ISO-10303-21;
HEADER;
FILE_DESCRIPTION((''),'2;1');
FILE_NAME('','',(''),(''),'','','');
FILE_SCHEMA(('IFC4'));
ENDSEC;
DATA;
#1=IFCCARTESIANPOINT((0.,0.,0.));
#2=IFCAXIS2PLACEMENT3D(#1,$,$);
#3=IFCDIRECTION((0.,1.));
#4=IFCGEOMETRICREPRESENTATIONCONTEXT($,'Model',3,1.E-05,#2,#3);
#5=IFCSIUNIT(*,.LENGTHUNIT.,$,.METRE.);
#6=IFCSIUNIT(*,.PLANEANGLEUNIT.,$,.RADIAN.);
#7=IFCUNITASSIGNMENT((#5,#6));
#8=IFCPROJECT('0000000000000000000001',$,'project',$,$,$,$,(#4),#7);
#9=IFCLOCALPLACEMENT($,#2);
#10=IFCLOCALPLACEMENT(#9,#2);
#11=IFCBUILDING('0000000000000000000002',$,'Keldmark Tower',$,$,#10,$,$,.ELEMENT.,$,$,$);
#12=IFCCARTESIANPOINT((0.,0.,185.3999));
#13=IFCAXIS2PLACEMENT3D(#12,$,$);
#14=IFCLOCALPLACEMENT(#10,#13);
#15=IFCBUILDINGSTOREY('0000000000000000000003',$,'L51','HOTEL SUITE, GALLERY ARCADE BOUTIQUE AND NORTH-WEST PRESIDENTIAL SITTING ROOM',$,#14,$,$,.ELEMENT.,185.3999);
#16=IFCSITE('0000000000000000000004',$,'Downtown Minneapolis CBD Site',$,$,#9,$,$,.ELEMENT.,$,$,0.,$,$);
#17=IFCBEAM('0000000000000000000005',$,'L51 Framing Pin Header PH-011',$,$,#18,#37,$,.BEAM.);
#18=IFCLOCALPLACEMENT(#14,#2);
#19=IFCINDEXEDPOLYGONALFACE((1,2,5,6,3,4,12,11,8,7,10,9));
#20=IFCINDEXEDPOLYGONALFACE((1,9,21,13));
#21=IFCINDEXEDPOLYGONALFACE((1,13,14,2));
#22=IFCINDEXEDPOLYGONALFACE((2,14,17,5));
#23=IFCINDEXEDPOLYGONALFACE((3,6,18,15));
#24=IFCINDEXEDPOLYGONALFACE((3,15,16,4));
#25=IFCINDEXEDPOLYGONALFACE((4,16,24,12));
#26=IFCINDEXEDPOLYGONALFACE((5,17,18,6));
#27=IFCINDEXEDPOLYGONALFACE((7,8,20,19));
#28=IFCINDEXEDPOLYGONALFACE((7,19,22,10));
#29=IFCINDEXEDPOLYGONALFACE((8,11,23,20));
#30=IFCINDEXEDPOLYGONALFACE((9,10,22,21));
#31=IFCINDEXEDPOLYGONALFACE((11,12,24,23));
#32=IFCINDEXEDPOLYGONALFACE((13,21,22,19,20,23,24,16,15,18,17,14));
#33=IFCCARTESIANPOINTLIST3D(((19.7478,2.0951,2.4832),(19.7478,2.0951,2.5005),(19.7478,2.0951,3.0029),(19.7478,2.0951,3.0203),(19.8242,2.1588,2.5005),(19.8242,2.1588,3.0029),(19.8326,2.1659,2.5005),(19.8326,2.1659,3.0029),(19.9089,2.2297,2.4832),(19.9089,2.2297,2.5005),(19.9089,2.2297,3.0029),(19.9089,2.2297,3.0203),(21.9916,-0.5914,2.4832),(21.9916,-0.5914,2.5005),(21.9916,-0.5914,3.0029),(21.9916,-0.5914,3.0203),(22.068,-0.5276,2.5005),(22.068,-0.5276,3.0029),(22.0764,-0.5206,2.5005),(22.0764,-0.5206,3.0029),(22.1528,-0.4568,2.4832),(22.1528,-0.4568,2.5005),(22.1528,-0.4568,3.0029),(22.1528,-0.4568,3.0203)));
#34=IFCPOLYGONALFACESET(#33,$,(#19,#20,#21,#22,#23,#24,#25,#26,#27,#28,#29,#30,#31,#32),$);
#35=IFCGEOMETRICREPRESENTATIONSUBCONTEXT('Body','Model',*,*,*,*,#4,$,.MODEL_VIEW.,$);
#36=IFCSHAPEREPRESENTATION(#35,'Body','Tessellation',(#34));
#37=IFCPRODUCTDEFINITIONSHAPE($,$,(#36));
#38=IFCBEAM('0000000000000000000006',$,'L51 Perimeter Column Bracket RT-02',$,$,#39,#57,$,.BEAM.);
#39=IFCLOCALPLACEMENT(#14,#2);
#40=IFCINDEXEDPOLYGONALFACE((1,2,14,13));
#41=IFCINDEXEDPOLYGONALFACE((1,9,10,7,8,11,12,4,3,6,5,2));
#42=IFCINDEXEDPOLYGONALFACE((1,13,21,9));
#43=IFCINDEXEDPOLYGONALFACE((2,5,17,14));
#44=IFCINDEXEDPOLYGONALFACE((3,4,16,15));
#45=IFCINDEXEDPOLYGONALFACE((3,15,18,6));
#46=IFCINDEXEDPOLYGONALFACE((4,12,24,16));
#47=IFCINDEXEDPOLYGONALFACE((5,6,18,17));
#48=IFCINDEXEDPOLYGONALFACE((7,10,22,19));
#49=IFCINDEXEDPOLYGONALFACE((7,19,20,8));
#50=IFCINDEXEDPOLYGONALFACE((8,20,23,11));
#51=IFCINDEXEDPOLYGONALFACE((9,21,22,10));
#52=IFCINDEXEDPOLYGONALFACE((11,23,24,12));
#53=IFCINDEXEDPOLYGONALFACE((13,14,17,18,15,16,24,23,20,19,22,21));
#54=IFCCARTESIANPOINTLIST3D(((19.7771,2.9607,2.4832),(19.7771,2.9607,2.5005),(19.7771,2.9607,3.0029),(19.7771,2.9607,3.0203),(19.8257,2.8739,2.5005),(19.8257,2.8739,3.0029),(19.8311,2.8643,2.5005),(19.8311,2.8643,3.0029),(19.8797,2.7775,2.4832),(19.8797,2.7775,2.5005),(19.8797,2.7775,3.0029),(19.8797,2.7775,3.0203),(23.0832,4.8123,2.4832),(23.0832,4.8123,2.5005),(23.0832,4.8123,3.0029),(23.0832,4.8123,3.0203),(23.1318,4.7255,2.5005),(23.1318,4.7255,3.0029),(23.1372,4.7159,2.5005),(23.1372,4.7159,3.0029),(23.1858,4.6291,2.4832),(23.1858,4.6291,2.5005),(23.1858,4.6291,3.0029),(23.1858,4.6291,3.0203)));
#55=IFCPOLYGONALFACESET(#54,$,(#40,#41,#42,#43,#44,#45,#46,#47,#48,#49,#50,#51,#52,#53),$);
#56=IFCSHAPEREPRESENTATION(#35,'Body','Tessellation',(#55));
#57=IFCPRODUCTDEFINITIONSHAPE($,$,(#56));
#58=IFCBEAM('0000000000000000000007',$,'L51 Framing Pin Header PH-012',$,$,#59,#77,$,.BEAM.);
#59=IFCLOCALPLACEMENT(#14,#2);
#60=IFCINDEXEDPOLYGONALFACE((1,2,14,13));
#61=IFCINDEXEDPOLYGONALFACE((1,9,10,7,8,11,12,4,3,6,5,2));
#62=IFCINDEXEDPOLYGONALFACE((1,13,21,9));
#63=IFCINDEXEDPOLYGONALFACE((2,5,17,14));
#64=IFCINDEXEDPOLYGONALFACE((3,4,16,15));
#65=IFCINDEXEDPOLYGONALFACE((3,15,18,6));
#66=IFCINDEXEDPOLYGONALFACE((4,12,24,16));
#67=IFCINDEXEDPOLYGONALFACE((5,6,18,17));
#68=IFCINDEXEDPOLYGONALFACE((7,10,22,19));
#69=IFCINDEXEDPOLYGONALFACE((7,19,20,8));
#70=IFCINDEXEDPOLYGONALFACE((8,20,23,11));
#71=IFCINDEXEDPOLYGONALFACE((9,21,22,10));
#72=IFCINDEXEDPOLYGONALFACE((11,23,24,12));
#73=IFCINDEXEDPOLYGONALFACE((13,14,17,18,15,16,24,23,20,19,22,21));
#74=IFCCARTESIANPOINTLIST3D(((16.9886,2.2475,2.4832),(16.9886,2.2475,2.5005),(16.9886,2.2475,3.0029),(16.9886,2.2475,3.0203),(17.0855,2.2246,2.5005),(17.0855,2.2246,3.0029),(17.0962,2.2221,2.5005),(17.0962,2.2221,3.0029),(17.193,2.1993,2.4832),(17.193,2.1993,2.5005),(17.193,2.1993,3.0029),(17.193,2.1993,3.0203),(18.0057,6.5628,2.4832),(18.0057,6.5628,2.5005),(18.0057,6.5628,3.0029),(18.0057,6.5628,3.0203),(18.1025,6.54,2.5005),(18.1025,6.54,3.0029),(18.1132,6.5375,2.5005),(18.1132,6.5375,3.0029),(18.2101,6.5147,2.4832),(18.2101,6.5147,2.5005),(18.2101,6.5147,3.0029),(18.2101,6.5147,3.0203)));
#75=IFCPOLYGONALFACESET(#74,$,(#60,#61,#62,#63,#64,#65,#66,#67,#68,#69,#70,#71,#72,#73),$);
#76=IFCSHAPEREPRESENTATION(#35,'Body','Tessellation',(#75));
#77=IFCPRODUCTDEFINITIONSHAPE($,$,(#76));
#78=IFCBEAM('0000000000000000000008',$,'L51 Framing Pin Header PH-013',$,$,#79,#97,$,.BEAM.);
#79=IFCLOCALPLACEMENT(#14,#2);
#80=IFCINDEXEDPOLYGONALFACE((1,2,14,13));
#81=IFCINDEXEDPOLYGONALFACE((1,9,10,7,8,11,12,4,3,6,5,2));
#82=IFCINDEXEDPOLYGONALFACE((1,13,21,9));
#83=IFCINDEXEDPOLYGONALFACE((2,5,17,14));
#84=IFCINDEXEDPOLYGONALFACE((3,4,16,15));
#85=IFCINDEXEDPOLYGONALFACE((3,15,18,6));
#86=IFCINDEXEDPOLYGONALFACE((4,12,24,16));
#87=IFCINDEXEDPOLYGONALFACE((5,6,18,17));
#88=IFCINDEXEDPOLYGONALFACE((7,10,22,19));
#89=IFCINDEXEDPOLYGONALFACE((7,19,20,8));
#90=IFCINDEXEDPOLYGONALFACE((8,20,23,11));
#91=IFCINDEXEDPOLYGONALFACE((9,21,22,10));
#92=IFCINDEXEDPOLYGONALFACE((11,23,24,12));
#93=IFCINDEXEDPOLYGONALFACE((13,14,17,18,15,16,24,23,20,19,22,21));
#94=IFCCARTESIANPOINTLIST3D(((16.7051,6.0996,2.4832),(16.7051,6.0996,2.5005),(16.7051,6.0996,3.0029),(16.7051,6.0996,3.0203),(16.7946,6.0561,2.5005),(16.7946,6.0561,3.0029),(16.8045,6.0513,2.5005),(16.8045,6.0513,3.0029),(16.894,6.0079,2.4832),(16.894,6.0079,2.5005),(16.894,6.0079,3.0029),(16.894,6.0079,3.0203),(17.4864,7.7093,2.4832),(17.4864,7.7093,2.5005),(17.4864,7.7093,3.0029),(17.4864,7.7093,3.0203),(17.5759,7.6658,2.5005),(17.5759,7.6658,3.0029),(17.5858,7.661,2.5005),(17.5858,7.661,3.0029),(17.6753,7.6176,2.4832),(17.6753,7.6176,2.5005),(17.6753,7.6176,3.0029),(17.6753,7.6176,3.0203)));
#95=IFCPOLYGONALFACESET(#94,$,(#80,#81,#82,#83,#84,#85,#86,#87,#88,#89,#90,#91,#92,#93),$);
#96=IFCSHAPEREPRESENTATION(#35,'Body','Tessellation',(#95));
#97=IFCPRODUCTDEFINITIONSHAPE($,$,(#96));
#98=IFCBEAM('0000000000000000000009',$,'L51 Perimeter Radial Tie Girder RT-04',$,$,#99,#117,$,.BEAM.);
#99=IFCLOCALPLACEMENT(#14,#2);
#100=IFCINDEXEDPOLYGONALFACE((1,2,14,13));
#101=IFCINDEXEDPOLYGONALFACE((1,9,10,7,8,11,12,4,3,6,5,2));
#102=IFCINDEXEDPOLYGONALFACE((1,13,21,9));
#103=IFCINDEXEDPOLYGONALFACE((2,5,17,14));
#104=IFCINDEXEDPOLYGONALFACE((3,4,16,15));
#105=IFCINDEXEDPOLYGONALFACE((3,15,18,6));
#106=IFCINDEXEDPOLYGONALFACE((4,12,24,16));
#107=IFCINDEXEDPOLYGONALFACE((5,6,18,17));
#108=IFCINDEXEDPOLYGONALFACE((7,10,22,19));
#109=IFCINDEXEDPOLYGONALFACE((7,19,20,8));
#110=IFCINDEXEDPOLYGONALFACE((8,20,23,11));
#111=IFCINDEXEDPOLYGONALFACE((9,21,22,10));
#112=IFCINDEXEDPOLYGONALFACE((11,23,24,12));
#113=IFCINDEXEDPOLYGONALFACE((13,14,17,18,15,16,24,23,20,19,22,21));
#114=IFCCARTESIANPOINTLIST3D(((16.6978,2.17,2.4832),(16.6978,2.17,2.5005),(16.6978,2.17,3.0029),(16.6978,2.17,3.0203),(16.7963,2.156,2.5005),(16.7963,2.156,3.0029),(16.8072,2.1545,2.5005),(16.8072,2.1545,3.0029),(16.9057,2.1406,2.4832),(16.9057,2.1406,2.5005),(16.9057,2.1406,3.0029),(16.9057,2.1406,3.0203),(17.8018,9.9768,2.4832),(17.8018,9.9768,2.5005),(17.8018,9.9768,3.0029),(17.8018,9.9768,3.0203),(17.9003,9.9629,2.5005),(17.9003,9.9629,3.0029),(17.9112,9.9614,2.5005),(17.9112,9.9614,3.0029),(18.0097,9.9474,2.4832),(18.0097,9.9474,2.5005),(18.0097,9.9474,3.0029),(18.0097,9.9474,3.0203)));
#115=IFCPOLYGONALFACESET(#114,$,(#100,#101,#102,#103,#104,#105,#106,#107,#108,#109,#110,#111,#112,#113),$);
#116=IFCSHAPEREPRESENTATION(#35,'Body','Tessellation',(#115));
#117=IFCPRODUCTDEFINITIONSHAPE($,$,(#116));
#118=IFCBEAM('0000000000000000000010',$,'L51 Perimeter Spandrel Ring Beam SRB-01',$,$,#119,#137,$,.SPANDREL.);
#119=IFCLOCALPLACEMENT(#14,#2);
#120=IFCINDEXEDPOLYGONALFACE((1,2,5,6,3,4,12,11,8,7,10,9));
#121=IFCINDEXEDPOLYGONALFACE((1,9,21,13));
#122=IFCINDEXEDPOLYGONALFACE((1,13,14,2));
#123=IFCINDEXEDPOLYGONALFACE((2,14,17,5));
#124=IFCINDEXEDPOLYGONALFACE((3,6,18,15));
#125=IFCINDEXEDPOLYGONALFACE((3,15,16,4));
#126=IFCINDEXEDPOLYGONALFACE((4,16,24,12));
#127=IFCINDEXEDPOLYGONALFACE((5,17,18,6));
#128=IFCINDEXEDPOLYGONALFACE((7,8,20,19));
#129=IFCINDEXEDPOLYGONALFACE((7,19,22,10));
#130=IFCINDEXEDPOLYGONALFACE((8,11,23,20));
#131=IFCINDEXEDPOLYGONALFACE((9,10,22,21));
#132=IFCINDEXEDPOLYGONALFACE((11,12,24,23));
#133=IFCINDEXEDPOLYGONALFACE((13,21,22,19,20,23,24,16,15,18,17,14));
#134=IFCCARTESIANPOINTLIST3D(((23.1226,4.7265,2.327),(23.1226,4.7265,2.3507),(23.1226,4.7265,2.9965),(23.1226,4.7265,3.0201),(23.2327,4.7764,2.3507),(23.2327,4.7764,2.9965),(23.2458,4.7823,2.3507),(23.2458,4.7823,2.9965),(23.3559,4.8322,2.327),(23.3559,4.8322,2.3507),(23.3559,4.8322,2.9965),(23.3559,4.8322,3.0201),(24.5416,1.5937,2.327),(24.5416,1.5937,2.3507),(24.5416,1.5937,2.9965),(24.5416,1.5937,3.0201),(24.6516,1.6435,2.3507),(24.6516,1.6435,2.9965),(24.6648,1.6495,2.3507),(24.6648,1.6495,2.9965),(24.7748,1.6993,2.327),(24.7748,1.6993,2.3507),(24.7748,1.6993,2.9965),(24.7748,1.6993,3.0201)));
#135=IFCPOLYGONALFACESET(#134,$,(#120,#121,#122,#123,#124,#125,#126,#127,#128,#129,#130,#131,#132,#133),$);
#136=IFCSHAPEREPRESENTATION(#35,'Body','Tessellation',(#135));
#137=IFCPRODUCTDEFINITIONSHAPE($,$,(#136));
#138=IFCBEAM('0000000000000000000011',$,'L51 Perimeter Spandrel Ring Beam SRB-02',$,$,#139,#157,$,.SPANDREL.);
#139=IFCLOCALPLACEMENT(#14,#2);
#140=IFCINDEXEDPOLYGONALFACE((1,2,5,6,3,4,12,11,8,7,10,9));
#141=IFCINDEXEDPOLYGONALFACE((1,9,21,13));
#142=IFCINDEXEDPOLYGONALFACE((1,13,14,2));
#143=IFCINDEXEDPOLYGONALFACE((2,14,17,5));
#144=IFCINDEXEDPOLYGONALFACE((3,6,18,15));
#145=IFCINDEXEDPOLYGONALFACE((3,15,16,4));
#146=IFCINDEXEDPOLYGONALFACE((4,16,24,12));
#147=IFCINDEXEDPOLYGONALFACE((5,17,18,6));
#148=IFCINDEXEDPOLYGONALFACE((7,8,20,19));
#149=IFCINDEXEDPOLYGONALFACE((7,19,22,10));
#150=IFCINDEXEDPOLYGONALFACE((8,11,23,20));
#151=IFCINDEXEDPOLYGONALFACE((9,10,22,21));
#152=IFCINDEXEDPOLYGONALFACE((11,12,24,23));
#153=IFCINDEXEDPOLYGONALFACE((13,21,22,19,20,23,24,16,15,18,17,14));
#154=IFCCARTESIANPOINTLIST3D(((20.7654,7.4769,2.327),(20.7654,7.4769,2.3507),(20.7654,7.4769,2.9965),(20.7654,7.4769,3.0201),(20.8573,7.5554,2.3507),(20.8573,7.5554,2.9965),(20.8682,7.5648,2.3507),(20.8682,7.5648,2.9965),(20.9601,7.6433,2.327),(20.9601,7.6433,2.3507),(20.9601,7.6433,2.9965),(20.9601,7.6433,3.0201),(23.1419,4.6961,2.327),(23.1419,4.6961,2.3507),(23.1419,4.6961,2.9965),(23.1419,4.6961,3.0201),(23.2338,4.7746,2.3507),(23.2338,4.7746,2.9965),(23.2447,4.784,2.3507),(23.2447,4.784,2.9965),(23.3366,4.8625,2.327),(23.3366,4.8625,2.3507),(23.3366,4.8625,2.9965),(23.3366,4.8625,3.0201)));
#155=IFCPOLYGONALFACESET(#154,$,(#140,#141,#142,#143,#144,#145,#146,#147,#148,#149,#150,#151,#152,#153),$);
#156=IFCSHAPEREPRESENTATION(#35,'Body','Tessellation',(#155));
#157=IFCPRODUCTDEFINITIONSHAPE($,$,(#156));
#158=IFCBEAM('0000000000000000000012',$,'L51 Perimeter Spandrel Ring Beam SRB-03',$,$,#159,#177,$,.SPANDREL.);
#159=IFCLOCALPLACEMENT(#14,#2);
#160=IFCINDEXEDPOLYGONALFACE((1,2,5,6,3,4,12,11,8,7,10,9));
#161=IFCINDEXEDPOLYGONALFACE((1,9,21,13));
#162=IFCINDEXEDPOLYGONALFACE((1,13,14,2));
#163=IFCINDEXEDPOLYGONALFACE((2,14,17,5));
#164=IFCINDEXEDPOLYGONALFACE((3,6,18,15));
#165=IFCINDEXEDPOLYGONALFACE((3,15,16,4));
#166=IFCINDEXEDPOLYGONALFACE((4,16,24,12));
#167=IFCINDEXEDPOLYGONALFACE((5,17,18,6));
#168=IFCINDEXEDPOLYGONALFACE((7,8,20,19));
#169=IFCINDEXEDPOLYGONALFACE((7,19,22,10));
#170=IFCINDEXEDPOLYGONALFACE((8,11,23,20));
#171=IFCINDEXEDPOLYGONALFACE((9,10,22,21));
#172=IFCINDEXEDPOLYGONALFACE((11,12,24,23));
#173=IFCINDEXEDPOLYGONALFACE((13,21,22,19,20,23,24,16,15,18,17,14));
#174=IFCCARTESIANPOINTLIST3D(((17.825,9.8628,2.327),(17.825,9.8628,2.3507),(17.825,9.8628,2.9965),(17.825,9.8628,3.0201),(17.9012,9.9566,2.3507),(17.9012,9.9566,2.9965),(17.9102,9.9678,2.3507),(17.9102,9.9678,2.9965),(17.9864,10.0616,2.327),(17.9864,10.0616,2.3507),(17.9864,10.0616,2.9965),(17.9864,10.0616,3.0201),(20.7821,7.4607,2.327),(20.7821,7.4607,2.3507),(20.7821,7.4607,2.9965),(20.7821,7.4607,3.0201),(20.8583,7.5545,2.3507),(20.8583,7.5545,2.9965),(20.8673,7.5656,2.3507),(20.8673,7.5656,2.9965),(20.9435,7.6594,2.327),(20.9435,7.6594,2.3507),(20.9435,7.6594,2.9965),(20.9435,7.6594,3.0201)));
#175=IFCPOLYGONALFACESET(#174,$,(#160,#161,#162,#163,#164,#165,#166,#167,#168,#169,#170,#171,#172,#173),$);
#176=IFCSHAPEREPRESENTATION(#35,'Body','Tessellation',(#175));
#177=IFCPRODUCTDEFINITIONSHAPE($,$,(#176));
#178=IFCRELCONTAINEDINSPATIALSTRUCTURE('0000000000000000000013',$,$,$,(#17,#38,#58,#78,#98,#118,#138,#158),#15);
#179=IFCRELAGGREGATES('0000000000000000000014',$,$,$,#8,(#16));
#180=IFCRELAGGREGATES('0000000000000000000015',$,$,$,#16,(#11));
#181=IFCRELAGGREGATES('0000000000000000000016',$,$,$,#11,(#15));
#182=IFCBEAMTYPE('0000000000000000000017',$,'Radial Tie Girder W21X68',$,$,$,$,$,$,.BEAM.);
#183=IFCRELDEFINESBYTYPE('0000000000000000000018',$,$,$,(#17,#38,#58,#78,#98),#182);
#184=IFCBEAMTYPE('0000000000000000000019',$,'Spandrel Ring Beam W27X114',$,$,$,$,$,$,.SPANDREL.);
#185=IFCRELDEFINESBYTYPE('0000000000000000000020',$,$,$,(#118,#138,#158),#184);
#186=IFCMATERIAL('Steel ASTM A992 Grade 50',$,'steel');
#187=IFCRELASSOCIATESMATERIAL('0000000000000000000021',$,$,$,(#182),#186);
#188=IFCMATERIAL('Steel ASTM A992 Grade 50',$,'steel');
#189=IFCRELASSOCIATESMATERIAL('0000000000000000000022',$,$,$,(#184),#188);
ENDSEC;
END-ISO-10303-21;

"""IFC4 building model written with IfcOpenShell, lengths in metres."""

from ifc_helpers import new_model, si_unit, direction, frame, origin, origin_2d, place, context, subcontext, project, spatial, i_section, extrude, material, material_profile, profile_set, type_object, element, save


model = new_model("IFC4")

# Units and contexts
model_context = context("Model", 3, precision=1e-05, world=origin(), true_north=direction((0.0, 1.0)))
body_context = subcontext(model_context, "Body", "Model", "MODEL_VIEW")
ifc_project = project(units=[si_unit("LENGTHUNIT", "METRE"), si_unit("PLANEANGLEUNIT", "RADIAN")], contexts=[model_context])

# Site, building, storey
site_placement = place(None, origin())
site = spatial("IfcSite", under=ifc_project, at=site_placement, Name="Downtown Minneapolis CBD Site", CompositionType="ELEMENT", RefElevation=0.0)
building_placement = place(site_placement, origin())
building = spatial("IfcBuilding", under=site, at=building_placement, Name="Keldmark Tower", CompositionType="ELEMENT")
storey_placement = place(building_placement, frame((0.0, 0.0, 185.3999)))
storey = spatial("IfcBuildingStorey", under=building, at=storey_placement, Name="L51", Description="HOTEL SUITE, GALLERY ARCADE BOUTIQUE AND NORTH-WEST PRESIDENTIAL SITTING ROOM", CompositionType="ELEMENT", Elevation=185.3999)

# Beams
ifc_material_1 = material(Name="Steel ASTM A992 Grade 50", Category="steel")
ifc_material_profile_1 = material_profile(ifc_material_1, i_section(OverallWidth=0.21, OverallDepth=0.5371, WebThickness=0.011, FlangeThickness=0.0173, at=origin_2d()), Name="W21X68")
ifc_profile_set_1 = profile_set([ifc_material_profile_1], Name="Steel ASTM A992 Grade 50")
beam_type_1 = type_object("IfcBeamType", Name="Radial Tie Girder W21X68", PredefinedType="BEAM", material=ifc_profile_set_1)
beam_1_placement = place(storey_placement, frame((19.8284, 2.1624, 2.7517), z_axis=(0.641048, -0.7675, 0.0), x_axis=(0.7675, 0.641048, 0.0)))
element("IfcBeam", 1, at=beam_1_placement, inside=storey, type_object=beam_type_1, Name="L51 Framing Pin Header PH-011", PredefinedType="BEAM", context=body_context, shape_type="SweptSolid", body=[
    extrude(i_section(OverallWidth=0.21, OverallDepth=0.5371, WebThickness=0.011, FlangeThickness=0.0173, at=origin_2d()), origin(), (0.0, 0.0, 1.0), 3.5002),
])
beam_2_placement = place(storey_placement, frame((19.8284, 2.8691, 2.7517), z_axis=(0.872493, 0.488627, 0.0), x_axis=(-0.488627, 0.872493, 0.0)))
element("IfcBeam", 2, at=beam_2_placement, inside=storey, type_object=beam_type_1, Name="L51 Perimeter Column Bracket RT-02", PredefinedType="BEAM", context=body_context, shape_type="SweptSolid", body=[
    extrude(i_section(OverallWidth=0.21, OverallDepth=0.5371, WebThickness=0.011, FlangeThickness=0.0173, at=origin_2d()), origin(), (0.0, 0.0, 1.0), 3.7893),
])
beam_3_placement = place(storey_placement, frame((17.0908, 2.2234, 2.7517), z_axis=(0.229401, 0.973332, 0.0), x_axis=(-0.973332, 0.229401, 0.0)))
element("IfcBeam", 3, at=beam_3_placement, inside=storey, type_object=beam_type_1, Name="L51 Framing Pin Header PH-012", PredefinedType="BEAM", context=body_context, shape_type="SweptSolid", body=[
    extrude(i_section(OverallWidth=0.21, OverallDepth=0.5371, WebThickness=0.011, FlangeThickness=0.0173, at=origin_2d()), origin(), (0.0, 0.0, 1.0), 4.4336),
])
beam_4_placement = place(storey_placement, frame((16.7996, 6.0537, 2.7517), z_axis=(0.436648, 0.899632, 0.0), x_axis=(-0.899632, 0.436648, 0.0)))
element("IfcBeam", 4, at=beam_4_placement, inside=storey, type_object=beam_type_1, Name="L51 Framing Pin Header PH-013", PredefinedType="BEAM", context=body_context, shape_type="SweptSolid", body=[
    extrude(i_section(OverallWidth=0.21, OverallDepth=0.5371, WebThickness=0.011, FlangeThickness=0.0173, at=origin_2d()), origin(), (0.0, 0.0, 1.0), 1.7893),
])
beam_5_placement = place(storey_placement, frame((16.8018, 2.1553, 2.7517), z_axis=(0.140021, 0.990149, 0.0), x_axis=(-0.990149, 0.140021, 0.0)))
element("IfcBeam", 5, at=beam_5_placement, inside=storey, type_object=beam_type_1, Name="L51 Perimeter Radial Tie Girder RT-04", PredefinedType="BEAM", context=body_context, shape_type="SweptSolid", body=[
    extrude(i_section(OverallWidth=0.21, OverallDepth=0.5371, WebThickness=0.011, FlangeThickness=0.0173, at=origin_2d()), origin(), (0.0, 0.0, 1.0), 7.8845),
])
ifc_material_2 = material(Name="Steel ASTM A992 Grade 50", Category="steel")
ifc_material_profile_2 = material_profile(ifc_material_2, i_section(OverallWidth=0.2561, OverallDepth=0.6931, WebThickness=0.0144, FlangeThickness=0.0237, at=origin_2d()), Name="W27X114")
ifc_profile_set_2 = profile_set([ifc_material_profile_2], Name="Steel ASTM A992 Grade 50")
beam_type_2 = type_object("IfcBeamType", Name="Spandrel Ring Beam W27X114", PredefinedType="SPANDREL", material=ifc_profile_set_2)
beam_6_placement = place(storey_placement, frame((24.6582, 1.6465, 2.6736), z_axis=(-0.412583, 0.91092, 0.0), x_axis=(-0.91092, -0.412583, 0.0)))
element("IfcBeam", 6, at=beam_6_placement, inside=storey, type_object=beam_type_2, Name="L51 Perimeter Spandrel Ring Beam SRB-01", PredefinedType="SPANDREL", context=body_context, shape_type="SweptSolid", body=[
    extrude(i_section(OverallWidth=0.2561, OverallDepth=0.6931, WebThickness=0.0144, FlangeThickness=0.0237, at=origin_2d()), origin(), (0.0, 0.0, 1.0), 3.4392),
])
beam_7_placement = place(storey_placement, frame((23.2393, 4.7793, 2.6736), z_axis=(-0.64968, 0.760207, 0.0), x_axis=(-0.760207, -0.64968, 0.0)))
element("IfcBeam", 7, at=beam_7_placement, inside=storey, type_object=beam_type_2, Name="L51 Perimeter Spandrel Ring Beam SRB-02", PredefinedType="SPANDREL", context=body_context, shape_type="SweptSolid", body=[
    extrude(i_section(OverallWidth=0.2561, OverallDepth=0.6931, WebThickness=0.0144, FlangeThickness=0.0237, at=origin_2d()), origin(), (0.0, 0.0, 1.0), 3.658),
])
beam_8_placement = place(storey_placement, frame((20.8628, 7.5601, 2.6736), z_axis=(-0.776177, 0.630515, 0.0), x_axis=(-0.630515, -0.776177, 0.0)))
element("IfcBeam", 8, at=beam_8_placement, inside=storey, type_object=beam_type_2, Name="L51 Perimeter Spandrel Ring Beam SRB-03", PredefinedType="SPANDREL", context=body_context, shape_type="SweptSolid", body=[
    extrude(i_section(OverallWidth=0.2561, OverallDepth=0.6931, WebThickness=0.0144, FlangeThickness=0.0237, at=origin_2d()), origin(), (0.0, 0.0, 1.0), 3.8098),
])

save(model, "model.ifc")
